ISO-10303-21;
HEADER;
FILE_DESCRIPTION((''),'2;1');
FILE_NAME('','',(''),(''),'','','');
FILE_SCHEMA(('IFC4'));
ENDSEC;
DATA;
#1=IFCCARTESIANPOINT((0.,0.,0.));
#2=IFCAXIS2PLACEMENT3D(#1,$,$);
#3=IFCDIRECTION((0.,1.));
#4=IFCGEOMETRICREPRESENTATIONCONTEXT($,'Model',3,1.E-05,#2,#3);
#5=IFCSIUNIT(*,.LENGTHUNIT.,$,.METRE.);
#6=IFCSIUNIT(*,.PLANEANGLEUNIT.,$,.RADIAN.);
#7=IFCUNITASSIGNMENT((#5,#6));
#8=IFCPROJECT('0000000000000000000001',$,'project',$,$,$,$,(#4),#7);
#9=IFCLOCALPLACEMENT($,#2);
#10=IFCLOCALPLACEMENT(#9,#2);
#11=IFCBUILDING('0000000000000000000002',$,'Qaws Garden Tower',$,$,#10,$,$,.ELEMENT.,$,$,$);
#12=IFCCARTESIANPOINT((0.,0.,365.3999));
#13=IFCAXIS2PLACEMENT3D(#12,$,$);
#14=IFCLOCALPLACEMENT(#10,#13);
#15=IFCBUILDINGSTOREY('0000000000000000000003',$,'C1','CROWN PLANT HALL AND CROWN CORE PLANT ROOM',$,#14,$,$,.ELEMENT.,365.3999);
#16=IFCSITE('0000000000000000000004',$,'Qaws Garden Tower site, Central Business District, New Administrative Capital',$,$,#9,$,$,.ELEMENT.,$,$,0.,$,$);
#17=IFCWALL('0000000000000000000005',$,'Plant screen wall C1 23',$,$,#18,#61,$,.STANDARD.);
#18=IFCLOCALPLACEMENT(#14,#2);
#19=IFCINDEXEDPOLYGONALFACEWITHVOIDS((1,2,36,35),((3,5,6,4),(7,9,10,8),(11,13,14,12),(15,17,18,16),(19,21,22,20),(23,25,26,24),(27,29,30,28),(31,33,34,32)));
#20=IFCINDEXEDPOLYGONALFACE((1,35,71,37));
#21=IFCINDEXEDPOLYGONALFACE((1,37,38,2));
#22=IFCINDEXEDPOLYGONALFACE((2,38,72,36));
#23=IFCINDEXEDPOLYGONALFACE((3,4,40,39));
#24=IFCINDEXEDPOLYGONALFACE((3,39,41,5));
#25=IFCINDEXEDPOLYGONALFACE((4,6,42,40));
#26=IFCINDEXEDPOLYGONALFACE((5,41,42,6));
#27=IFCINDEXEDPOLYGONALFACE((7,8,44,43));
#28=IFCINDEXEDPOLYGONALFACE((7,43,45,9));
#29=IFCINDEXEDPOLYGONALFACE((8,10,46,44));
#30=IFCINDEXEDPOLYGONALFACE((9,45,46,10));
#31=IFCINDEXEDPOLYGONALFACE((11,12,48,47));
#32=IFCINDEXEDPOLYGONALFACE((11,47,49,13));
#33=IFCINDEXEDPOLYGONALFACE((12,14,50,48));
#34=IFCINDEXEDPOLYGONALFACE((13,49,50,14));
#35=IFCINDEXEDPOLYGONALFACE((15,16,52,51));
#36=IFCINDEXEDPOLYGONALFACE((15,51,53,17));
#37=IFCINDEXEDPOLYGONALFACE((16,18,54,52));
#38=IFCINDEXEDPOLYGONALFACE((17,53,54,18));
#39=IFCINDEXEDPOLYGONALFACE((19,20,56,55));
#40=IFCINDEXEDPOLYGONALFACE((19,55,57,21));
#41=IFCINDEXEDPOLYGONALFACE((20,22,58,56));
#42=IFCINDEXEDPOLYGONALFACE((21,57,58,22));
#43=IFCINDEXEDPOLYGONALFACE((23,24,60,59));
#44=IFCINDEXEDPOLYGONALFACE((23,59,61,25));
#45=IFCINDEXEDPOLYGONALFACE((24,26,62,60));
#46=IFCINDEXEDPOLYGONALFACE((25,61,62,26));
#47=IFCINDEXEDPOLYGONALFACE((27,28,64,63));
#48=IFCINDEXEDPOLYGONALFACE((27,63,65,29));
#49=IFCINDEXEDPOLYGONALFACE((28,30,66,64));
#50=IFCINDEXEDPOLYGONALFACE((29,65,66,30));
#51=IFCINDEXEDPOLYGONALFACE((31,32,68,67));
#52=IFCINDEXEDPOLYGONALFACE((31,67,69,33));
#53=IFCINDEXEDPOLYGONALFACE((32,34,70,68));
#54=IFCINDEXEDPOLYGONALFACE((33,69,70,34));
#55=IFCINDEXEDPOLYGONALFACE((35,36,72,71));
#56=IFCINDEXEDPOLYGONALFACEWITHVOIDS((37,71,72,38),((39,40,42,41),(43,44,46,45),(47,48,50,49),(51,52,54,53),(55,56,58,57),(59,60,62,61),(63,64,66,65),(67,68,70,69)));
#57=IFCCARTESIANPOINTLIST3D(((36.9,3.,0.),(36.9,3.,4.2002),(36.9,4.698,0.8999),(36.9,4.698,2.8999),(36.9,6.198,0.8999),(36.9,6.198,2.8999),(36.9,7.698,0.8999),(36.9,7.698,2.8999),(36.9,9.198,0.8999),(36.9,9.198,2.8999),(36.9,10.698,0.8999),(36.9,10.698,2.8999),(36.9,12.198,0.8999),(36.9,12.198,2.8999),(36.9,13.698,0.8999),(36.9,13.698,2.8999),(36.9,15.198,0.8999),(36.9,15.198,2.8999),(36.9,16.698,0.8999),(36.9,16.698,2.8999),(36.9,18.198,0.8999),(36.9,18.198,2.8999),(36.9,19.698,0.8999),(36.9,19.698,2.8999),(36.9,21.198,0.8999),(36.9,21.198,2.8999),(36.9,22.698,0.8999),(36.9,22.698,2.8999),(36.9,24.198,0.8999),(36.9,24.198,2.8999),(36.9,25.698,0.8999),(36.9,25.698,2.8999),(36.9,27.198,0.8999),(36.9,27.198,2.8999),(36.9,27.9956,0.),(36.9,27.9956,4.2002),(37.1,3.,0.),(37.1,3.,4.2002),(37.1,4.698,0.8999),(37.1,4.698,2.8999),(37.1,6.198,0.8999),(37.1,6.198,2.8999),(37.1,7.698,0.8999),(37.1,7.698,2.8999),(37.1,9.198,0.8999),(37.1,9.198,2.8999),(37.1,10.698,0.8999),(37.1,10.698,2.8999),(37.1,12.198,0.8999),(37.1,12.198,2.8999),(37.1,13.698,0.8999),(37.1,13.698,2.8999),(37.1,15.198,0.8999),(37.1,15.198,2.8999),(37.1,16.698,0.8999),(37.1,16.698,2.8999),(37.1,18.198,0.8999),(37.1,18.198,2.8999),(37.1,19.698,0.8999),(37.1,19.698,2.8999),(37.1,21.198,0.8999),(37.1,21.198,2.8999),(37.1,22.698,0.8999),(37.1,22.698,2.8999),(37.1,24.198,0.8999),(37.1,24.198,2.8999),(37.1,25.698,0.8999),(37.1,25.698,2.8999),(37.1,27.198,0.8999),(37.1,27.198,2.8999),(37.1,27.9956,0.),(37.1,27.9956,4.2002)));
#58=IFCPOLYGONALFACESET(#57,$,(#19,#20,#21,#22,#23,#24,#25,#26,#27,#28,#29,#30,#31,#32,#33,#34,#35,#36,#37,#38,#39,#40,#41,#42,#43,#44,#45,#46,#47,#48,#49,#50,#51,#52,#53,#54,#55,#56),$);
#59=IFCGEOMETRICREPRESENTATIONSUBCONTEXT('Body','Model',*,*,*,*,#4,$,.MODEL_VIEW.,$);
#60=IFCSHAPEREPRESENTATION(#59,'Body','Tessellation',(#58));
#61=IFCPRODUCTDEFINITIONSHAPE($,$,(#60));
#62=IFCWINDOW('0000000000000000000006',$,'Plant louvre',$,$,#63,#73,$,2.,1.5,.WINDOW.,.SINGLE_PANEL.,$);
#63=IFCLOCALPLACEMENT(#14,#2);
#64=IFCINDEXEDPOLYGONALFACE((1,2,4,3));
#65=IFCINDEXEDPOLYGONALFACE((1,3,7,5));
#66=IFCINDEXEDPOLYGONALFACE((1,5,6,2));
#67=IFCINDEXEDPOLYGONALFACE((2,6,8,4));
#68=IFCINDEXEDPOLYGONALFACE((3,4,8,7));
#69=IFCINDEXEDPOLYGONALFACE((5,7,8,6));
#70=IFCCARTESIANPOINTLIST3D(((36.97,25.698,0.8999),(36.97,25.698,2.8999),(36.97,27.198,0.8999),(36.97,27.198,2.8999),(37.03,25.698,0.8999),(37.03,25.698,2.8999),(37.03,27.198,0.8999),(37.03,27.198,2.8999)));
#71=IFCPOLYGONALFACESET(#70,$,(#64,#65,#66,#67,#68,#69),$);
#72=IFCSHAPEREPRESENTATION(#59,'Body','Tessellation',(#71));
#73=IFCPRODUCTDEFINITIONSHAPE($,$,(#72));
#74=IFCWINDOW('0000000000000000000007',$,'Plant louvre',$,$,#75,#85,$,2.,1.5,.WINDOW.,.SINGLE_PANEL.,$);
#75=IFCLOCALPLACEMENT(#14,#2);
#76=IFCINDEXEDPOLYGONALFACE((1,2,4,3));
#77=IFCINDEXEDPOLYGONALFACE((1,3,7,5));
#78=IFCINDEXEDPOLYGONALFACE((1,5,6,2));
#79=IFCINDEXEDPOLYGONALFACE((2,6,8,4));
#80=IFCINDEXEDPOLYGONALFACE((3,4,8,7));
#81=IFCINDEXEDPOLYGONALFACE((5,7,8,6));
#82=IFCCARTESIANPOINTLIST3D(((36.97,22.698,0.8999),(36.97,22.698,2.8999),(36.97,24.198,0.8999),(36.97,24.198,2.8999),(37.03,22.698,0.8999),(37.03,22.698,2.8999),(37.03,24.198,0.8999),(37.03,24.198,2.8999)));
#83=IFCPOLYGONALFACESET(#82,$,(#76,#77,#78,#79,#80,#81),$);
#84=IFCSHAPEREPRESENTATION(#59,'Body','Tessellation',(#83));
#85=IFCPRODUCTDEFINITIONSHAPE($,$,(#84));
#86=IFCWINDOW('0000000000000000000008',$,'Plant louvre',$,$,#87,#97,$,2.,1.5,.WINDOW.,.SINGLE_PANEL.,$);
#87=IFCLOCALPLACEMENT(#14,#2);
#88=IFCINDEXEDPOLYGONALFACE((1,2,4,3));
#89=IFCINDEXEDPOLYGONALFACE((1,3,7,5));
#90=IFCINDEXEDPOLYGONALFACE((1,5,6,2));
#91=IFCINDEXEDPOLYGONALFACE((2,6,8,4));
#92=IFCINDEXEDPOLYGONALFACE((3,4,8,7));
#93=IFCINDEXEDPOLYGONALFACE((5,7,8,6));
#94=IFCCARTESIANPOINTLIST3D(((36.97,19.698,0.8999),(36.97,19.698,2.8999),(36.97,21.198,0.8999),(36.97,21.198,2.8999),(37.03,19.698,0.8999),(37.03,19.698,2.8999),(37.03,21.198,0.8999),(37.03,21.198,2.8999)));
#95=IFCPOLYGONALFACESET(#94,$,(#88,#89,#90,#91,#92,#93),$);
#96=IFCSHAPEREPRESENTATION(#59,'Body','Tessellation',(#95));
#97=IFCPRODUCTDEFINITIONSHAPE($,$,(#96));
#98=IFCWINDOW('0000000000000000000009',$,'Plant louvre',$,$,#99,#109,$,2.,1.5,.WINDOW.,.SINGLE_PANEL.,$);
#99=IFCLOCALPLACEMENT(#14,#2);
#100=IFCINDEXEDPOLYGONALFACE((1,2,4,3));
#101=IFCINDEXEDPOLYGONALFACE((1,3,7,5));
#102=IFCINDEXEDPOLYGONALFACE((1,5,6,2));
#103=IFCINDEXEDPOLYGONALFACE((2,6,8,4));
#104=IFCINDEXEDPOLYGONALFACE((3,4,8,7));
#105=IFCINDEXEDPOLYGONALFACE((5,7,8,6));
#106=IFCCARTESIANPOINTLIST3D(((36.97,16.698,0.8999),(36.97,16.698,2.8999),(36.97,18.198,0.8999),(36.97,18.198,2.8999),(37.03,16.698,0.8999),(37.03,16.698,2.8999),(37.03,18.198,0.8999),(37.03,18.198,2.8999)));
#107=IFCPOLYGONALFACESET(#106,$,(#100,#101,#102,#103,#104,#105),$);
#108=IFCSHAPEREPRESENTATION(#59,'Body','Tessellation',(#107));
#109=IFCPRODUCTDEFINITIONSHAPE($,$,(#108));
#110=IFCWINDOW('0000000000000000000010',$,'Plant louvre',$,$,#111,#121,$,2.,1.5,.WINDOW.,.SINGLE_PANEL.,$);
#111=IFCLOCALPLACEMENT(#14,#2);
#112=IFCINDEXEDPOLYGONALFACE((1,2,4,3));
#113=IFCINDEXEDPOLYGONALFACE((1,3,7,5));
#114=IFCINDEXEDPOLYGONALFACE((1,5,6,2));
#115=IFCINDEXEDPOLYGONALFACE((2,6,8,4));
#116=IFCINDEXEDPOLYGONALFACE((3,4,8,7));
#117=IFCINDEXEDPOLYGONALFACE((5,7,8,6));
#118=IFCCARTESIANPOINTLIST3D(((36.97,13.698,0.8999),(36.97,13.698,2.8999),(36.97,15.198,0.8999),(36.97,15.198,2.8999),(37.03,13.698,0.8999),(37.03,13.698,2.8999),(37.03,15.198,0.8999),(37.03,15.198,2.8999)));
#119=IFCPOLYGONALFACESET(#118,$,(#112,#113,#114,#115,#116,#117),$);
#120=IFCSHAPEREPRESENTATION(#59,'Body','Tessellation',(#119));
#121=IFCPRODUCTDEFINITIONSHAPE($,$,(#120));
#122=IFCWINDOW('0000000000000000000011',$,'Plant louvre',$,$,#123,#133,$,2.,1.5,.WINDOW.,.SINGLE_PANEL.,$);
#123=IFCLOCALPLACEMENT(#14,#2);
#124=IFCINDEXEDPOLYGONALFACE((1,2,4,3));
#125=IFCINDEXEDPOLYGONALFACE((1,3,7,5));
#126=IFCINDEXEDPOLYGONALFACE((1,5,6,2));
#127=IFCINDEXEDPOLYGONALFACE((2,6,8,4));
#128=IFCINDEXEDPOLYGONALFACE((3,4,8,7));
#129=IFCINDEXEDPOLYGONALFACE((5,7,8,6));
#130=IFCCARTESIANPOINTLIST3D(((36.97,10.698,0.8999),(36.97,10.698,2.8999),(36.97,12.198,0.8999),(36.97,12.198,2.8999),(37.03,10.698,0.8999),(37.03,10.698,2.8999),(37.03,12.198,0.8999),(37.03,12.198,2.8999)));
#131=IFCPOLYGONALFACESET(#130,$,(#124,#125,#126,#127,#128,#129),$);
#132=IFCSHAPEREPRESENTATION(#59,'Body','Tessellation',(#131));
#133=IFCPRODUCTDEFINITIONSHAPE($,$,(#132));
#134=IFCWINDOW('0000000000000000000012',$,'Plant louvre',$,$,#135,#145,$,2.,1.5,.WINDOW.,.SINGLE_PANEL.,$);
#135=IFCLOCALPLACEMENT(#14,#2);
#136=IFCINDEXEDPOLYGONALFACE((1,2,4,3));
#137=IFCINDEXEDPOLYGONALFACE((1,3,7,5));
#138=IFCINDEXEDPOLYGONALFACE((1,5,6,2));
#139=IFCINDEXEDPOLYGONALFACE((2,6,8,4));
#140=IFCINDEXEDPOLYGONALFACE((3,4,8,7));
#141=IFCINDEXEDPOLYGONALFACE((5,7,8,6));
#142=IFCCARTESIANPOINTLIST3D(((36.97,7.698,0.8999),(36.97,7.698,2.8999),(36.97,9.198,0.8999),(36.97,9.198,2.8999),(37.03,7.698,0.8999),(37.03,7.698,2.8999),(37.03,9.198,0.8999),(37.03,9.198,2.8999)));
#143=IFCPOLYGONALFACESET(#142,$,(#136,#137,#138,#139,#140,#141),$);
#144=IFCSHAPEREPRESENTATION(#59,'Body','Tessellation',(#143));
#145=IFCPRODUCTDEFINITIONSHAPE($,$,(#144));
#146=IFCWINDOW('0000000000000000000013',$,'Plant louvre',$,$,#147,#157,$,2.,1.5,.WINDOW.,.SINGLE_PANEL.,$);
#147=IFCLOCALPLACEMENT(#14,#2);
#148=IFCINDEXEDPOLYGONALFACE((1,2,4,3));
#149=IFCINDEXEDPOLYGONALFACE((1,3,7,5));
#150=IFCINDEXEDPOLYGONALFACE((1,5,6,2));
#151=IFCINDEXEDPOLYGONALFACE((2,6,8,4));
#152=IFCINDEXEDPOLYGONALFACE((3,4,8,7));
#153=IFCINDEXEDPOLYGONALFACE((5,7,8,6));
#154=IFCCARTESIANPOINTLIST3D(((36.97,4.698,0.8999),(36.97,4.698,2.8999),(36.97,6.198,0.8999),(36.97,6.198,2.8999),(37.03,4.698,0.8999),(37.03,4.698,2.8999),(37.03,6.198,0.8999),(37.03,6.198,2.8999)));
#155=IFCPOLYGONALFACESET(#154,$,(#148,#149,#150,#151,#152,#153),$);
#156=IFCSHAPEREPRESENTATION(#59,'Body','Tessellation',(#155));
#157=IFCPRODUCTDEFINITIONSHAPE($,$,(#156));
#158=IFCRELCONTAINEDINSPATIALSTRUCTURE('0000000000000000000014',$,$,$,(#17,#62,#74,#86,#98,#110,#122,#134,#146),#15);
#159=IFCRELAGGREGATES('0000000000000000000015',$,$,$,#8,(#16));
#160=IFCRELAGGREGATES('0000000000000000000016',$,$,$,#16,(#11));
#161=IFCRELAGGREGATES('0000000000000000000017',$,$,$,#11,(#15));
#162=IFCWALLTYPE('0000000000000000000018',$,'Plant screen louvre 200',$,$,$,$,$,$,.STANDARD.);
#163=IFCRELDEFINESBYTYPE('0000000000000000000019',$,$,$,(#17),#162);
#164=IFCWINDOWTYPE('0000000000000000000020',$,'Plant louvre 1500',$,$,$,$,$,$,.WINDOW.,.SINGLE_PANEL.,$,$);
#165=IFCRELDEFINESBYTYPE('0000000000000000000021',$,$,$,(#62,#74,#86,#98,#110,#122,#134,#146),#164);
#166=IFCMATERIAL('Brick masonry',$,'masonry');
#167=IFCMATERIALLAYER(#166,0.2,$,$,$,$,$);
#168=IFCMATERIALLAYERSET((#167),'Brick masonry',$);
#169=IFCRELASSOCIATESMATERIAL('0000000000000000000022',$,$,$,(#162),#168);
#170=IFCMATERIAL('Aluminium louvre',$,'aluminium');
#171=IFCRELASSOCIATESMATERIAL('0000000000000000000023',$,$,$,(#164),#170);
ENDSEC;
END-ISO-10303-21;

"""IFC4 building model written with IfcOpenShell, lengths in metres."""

from ifc_helpers import new_model, si_unit, direction, frame, frame_2d, origin, place, context, subcontext, project, spatial, rectangle, extrude, material, layer, layer_set, type_object, element, fill, save


model = new_model("IFC4")

# Units and contexts
model_context = context("Model", 3, precision=1e-05, world=origin(), true_north=direction((0.0, 1.0)))
body_context = subcontext(model_context, "Body", "Model", "MODEL_VIEW")
ifc_project = project(units=[si_unit("LENGTHUNIT", "METRE"), si_unit("PLANEANGLEUNIT", "RADIAN")], contexts=[model_context])

# Site, building, storey
site_placement = place(None, origin())
site = spatial("IfcSite", under=ifc_project, at=site_placement, Name="Qaws Garden Tower site, Central Business District, New Administrative Capital", CompositionType="ELEMENT", RefElevation=0.0)
building_placement = place(site_placement, origin())
building = spatial("IfcBuilding", under=site, at=building_placement, Name="Qaws Garden Tower", CompositionType="ELEMENT")
storey_placement = place(building_placement, frame((0.0, 0.0, 365.3999)))
storey = spatial("IfcBuildingStorey", under=building, at=storey_placement, Name="C1", Description="CROWN PLANT HALL AND CROWN CORE PLANT ROOM", CompositionType="ELEMENT", Elevation=365.3999)

# Shared definitions
ifc_material_1 = material(Name="Brick masonry", Category="masonry")
ifc_layer_1 = layer(ifc_material_1, 0.2)
ifc_layer_set_1 = layer_set([ifc_layer_1], Name="Brick masonry")
wall_type_1 = type_object("IfcWallType", Name="Plant screen louvre 200", PredefinedType="STANDARD", material=ifc_layer_set_1)

# Shared definitions
ifc_material_2 = material(Name="Aluminium louvre", Category="aluminium")
window_type = type_object("IfcWindowType", Name="Plant louvre 1500", PartitioningType="SINGLE_PANEL", PredefinedType="WINDOW", material=ifc_material_2)

# Wall, openings, windows
wall_1_placement = place(storey_placement, frame((37.0, 27.9956, 0.0), z_axis=(0.0, 0.0, 1.0), x_axis=(0.0, -1.0, 0.0)))
wall_1 = element("IfcWall", 1, at=wall_1_placement, inside=storey, type_object=wall_type_1, Name="Plant screen wall C1 23", PredefinedType="STANDARD", context=body_context, shape_type="SweptSolid", body=[
    extrude(rectangle(XDim=24.9956, YDim=0.2, at=frame_2d((12.4978, 0.0))), origin(), (0.0, 0.0, 1.0), 4.2002),
])
opening_1_placement = place(wall_1_placement, frame((0.7976, 0.0, 0.8999)))
opening_1 = element("IfcOpeningElement", 2, at=opening_1_placement, cuts=wall_1, PredefinedType="OPENING", context=body_context, shape_type="SweptSolid", body=[
    extrude(rectangle(XDim=1.5, YDim=2.0, at=frame_2d((0.75, 1.0))), frame((0.0, 0.1099, 0.0), z_axis=(0.0, -1.0, 0.0), x_axis=(1.0, 0.0, 0.0)), (0.0, 0.0, 1.0), 0.22),
])
opening_2_placement = place(wall_1_placement, frame((3.7976, 0.0, 0.8999)))
opening_2 = element("IfcOpeningElement", 3, at=opening_2_placement, cuts=wall_1, PredefinedType="OPENING", context=body_context, shape_type="SweptSolid", body=[
    extrude(rectangle(XDim=1.5, YDim=2.0, at=frame_2d((0.75, 1.0))), frame((0.0, 0.1099, 0.0), z_axis=(0.0, -1.0, 0.0), x_axis=(1.0, 0.0, 0.0)), (0.0, 0.0, 1.0), 0.22),
])
opening_3_placement = place(wall_1_placement, frame((6.7976, 0.0, 0.8999)))
opening_3 = element("IfcOpeningElement", 4, at=opening_3_placement, cuts=wall_1, PredefinedType="OPENING", context=body_context, shape_type="SweptSolid", body=[
    extrude(rectangle(XDim=1.5, YDim=2.0, at=frame_2d((0.75, 1.0))), frame((0.0, 0.1099, 0.0), z_axis=(0.0, -1.0, 0.0), x_axis=(1.0, 0.0, 0.0)), (0.0, 0.0, 1.0), 0.22),
])
opening_4_placement = place(wall_1_placement, frame((9.7976, 0.0, 0.8999)))
opening_4 = element("IfcOpeningElement", 5, at=opening_4_placement, cuts=wall_1, PredefinedType="OPENING", context=body_context, shape_type="SweptSolid", body=[
    extrude(rectangle(XDim=1.5, YDim=2.0, at=frame_2d((0.75, 1.0))), frame((0.0, 0.1099, 0.0), z_axis=(0.0, -1.0, 0.0), x_axis=(1.0, 0.0, 0.0)), (0.0, 0.0, 1.0), 0.22),
])
opening_5_placement = place(wall_1_placement, frame((12.7976, 0.0, 0.8999)))
opening_5 = element("IfcOpeningElement", 6, at=opening_5_placement, cuts=wall_1, PredefinedType="OPENING", context=body_context, shape_type="SweptSolid", body=[
    extrude(rectangle(XDim=1.5, YDim=2.0, at=frame_2d((0.75, 1.0))), frame((0.0, 0.1099, 0.0), z_axis=(0.0, -1.0, 0.0), x_axis=(1.0, 0.0, 0.0)), (0.0, 0.0, 1.0), 0.22),
])
opening_6_placement = place(wall_1_placement, frame((15.7976, 0.0, 0.8999)))
opening_6 = element("IfcOpeningElement", 7, at=opening_6_placement, cuts=wall_1, PredefinedType="OPENING", context=body_context, shape_type="SweptSolid", body=[
    extrude(rectangle(XDim=1.5, YDim=2.0, at=frame_2d((0.75, 1.0))), frame((0.0, 0.1099, 0.0), z_axis=(0.0, -1.0, 0.0), x_axis=(1.0, 0.0, 0.0)), (0.0, 0.0, 1.0), 0.22),
])
opening_7_placement = place(wall_1_placement, frame((18.7976, 0.0, 0.8999)))
opening_7 = element("IfcOpeningElement", 8, at=opening_7_placement, cuts=wall_1, PredefinedType="OPENING", context=body_context, shape_type="SweptSolid", body=[
    extrude(rectangle(XDim=1.5, YDim=2.0, at=frame_2d((0.75, 1.0))), frame((0.0, 0.1099, 0.0), z_axis=(0.0, -1.0, 0.0), x_axis=(1.0, 0.0, 0.0)), (0.0, 0.0, 1.0), 0.22),
])
opening_8_placement = place(wall_1_placement, frame((21.7976, 0.0, 0.8999)))
opening_8 = element("IfcOpeningElement", 9, at=opening_8_placement, cuts=wall_1, PredefinedType="OPENING", context=body_context, shape_type="SweptSolid", body=[
    extrude(rectangle(XDim=1.5, YDim=2.0, at=frame_2d((0.75, 1.0))), frame((0.0, 0.1099, 0.0), z_axis=(0.0, -1.0, 0.0), x_axis=(1.0, 0.0, 0.0)), (0.0, 0.0, 1.0), 0.22),
])
window_1_placement = place(opening_1_placement, origin())
window_1 = element("IfcWindow", 10, at=window_1_placement, inside=storey, type_object=window_type, Name="Plant louvre", OverallHeight=2.0, OverallWidth=1.5, PartitioningType="SINGLE_PANEL", PredefinedType="WINDOW", context=body_context, shape_type="SweptSolid", body=[
    extrude(rectangle(XDim=1.5, YDim=2.0, at=frame_2d((0.75, 1.0))), frame((0.0, 0.03, 0.0), z_axis=(0.0, -1.0, 0.0), x_axis=(1.0, 0.0, 0.0)), (0.0, 0.0, 1.0), 0.0601),
])
fill(opening_1, window_1)
window_2_placement = place(opening_2_placement, origin())
window_2 = element("IfcWindow", 11, at=window_2_placement, inside=storey, type_object=window_type, Name="Plant louvre", OverallHeight=2.0, OverallWidth=1.5, PartitioningType="SINGLE_PANEL", PredefinedType="WINDOW", context=body_context, shape_type="SweptSolid", body=[
    extrude(rectangle(XDim=1.5, YDim=2.0, at=frame_2d((0.75, 1.0))), frame((0.0, 0.03, 0.0), z_axis=(0.0, -1.0, 0.0), x_axis=(1.0, 0.0, 0.0)), (0.0, 0.0, 1.0), 0.0601),
])
fill(opening_2, window_2)
window_3_placement = place(opening_3_placement, origin())
window_3 = element("IfcWindow", 12, at=window_3_placement, inside=storey, type_object=window_type, Name="Plant louvre", OverallHeight=2.0, OverallWidth=1.5, PartitioningType="SINGLE_PANEL", PredefinedType="WINDOW", context=body_context, shape_type="SweptSolid", body=[
    extrude(rectangle(XDim=1.5, YDim=2.0, at=frame_2d((0.75, 1.0))), frame((0.0, 0.03, 0.0), z_axis=(0.0, -1.0, 0.0), x_axis=(1.0, 0.0, 0.0)), (0.0, 0.0, 1.0), 0.0601),
])
fill(opening_3, window_3)
window_4_placement = place(opening_4_placement, origin())
window_4 = element("IfcWindow", 13, at=window_4_placement, inside=storey, type_object=window_type, Name="Plant louvre", OverallHeight=2.0, OverallWidth=1.5, PartitioningType="SINGLE_PANEL", PredefinedType="WINDOW", context=body_context, shape_type="SweptSolid", body=[
    extrude(rectangle(XDim=1.5, YDim=2.0, at=frame_2d((0.75, 1.0))), frame((0.0, 0.03, 0.0), z_axis=(0.0, -1.0, 0.0), x_axis=(1.0, 0.0, 0.0)), (0.0, 0.0, 1.0), 0.0601),
])
fill(opening_4, window_4)
window_5_placement = place(opening_5_placement, origin())
window_5 = element("IfcWindow", 14, at=window_5_placement, inside=storey, type_object=window_type, Name="Plant louvre", OverallHeight=2.0, OverallWidth=1.5, PartitioningType="SINGLE_PANEL", PredefinedType="WINDOW", context=body_context, shape_type="SweptSolid", body=[
    extrude(rectangle(XDim=1.5, YDim=2.0, at=frame_2d((0.75, 1.0))), frame((0.0, 0.03, 0.0), z_axis=(0.0, -1.0, 0.0), x_axis=(1.0, 0.0, 0.0)), (0.0, 0.0, 1.0), 0.0601),
])
fill(opening_5, window_5)
window_6_placement = place(opening_6_placement, origin())
window_6 = element("IfcWindow", 15, at=window_6_placement, inside=storey, type_object=window_type, Name="Plant louvre", OverallHeight=2.0, OverallWidth=1.5, PartitioningType="SINGLE_PANEL", PredefinedType="WINDOW", context=body_context, shape_type="SweptSolid", body=[
    extrude(rectangle(XDim=1.5, YDim=2.0, at=frame_2d((0.75, 1.0))), frame((0.0, 0.03, 0.0), z_axis=(0.0, -1.0, 0.0), x_axis=(1.0, 0.0, 0.0)), (0.0, 0.0, 1.0), 0.0601),
])
fill(opening_6, window_6)
window_7_placement = place(opening_7_placement, origin())
window_7 = element("IfcWindow", 16, at=window_7_placement, inside=storey, type_object=window_type, Name="Plant louvre", OverallHeight=2.0, OverallWidth=1.5, PartitioningType="SINGLE_PANEL", PredefinedType="WINDOW", context=body_context, shape_type="SweptSolid", body=[
    extrude(rectangle(XDim=1.5, YDim=2.0, at=frame_2d((0.75, 1.0))), frame((0.0, 0.03, 0.0), z_axis=(0.0, -1.0, 0.0), x_axis=(1.0, 0.0, 0.0)), (0.0, 0.0, 1.0), 0.0601),
])
fill(opening_7, window_7)
window_8_placement = place(opening_8_placement, origin())
window_8 = element("IfcWindow", 17, at=window_8_placement, inside=storey, type_object=window_type, Name="Plant louvre", OverallHeight=2.0, OverallWidth=1.5, PartitioningType="SINGLE_PANEL", PredefinedType="WINDOW", context=body_context, shape_type="SweptSolid", body=[
    extrude(rectangle(XDim=1.5, YDim=2.0, at=frame_2d((0.75, 1.0))), frame((0.0, 0.03, 0.0), z_axis=(0.0, -1.0, 0.0), x_axis=(1.0, 0.0, 0.0)), (0.0, 0.0, 1.0), 0.0601),
])
fill(opening_8, window_8)

save(model, "model.ifc")
